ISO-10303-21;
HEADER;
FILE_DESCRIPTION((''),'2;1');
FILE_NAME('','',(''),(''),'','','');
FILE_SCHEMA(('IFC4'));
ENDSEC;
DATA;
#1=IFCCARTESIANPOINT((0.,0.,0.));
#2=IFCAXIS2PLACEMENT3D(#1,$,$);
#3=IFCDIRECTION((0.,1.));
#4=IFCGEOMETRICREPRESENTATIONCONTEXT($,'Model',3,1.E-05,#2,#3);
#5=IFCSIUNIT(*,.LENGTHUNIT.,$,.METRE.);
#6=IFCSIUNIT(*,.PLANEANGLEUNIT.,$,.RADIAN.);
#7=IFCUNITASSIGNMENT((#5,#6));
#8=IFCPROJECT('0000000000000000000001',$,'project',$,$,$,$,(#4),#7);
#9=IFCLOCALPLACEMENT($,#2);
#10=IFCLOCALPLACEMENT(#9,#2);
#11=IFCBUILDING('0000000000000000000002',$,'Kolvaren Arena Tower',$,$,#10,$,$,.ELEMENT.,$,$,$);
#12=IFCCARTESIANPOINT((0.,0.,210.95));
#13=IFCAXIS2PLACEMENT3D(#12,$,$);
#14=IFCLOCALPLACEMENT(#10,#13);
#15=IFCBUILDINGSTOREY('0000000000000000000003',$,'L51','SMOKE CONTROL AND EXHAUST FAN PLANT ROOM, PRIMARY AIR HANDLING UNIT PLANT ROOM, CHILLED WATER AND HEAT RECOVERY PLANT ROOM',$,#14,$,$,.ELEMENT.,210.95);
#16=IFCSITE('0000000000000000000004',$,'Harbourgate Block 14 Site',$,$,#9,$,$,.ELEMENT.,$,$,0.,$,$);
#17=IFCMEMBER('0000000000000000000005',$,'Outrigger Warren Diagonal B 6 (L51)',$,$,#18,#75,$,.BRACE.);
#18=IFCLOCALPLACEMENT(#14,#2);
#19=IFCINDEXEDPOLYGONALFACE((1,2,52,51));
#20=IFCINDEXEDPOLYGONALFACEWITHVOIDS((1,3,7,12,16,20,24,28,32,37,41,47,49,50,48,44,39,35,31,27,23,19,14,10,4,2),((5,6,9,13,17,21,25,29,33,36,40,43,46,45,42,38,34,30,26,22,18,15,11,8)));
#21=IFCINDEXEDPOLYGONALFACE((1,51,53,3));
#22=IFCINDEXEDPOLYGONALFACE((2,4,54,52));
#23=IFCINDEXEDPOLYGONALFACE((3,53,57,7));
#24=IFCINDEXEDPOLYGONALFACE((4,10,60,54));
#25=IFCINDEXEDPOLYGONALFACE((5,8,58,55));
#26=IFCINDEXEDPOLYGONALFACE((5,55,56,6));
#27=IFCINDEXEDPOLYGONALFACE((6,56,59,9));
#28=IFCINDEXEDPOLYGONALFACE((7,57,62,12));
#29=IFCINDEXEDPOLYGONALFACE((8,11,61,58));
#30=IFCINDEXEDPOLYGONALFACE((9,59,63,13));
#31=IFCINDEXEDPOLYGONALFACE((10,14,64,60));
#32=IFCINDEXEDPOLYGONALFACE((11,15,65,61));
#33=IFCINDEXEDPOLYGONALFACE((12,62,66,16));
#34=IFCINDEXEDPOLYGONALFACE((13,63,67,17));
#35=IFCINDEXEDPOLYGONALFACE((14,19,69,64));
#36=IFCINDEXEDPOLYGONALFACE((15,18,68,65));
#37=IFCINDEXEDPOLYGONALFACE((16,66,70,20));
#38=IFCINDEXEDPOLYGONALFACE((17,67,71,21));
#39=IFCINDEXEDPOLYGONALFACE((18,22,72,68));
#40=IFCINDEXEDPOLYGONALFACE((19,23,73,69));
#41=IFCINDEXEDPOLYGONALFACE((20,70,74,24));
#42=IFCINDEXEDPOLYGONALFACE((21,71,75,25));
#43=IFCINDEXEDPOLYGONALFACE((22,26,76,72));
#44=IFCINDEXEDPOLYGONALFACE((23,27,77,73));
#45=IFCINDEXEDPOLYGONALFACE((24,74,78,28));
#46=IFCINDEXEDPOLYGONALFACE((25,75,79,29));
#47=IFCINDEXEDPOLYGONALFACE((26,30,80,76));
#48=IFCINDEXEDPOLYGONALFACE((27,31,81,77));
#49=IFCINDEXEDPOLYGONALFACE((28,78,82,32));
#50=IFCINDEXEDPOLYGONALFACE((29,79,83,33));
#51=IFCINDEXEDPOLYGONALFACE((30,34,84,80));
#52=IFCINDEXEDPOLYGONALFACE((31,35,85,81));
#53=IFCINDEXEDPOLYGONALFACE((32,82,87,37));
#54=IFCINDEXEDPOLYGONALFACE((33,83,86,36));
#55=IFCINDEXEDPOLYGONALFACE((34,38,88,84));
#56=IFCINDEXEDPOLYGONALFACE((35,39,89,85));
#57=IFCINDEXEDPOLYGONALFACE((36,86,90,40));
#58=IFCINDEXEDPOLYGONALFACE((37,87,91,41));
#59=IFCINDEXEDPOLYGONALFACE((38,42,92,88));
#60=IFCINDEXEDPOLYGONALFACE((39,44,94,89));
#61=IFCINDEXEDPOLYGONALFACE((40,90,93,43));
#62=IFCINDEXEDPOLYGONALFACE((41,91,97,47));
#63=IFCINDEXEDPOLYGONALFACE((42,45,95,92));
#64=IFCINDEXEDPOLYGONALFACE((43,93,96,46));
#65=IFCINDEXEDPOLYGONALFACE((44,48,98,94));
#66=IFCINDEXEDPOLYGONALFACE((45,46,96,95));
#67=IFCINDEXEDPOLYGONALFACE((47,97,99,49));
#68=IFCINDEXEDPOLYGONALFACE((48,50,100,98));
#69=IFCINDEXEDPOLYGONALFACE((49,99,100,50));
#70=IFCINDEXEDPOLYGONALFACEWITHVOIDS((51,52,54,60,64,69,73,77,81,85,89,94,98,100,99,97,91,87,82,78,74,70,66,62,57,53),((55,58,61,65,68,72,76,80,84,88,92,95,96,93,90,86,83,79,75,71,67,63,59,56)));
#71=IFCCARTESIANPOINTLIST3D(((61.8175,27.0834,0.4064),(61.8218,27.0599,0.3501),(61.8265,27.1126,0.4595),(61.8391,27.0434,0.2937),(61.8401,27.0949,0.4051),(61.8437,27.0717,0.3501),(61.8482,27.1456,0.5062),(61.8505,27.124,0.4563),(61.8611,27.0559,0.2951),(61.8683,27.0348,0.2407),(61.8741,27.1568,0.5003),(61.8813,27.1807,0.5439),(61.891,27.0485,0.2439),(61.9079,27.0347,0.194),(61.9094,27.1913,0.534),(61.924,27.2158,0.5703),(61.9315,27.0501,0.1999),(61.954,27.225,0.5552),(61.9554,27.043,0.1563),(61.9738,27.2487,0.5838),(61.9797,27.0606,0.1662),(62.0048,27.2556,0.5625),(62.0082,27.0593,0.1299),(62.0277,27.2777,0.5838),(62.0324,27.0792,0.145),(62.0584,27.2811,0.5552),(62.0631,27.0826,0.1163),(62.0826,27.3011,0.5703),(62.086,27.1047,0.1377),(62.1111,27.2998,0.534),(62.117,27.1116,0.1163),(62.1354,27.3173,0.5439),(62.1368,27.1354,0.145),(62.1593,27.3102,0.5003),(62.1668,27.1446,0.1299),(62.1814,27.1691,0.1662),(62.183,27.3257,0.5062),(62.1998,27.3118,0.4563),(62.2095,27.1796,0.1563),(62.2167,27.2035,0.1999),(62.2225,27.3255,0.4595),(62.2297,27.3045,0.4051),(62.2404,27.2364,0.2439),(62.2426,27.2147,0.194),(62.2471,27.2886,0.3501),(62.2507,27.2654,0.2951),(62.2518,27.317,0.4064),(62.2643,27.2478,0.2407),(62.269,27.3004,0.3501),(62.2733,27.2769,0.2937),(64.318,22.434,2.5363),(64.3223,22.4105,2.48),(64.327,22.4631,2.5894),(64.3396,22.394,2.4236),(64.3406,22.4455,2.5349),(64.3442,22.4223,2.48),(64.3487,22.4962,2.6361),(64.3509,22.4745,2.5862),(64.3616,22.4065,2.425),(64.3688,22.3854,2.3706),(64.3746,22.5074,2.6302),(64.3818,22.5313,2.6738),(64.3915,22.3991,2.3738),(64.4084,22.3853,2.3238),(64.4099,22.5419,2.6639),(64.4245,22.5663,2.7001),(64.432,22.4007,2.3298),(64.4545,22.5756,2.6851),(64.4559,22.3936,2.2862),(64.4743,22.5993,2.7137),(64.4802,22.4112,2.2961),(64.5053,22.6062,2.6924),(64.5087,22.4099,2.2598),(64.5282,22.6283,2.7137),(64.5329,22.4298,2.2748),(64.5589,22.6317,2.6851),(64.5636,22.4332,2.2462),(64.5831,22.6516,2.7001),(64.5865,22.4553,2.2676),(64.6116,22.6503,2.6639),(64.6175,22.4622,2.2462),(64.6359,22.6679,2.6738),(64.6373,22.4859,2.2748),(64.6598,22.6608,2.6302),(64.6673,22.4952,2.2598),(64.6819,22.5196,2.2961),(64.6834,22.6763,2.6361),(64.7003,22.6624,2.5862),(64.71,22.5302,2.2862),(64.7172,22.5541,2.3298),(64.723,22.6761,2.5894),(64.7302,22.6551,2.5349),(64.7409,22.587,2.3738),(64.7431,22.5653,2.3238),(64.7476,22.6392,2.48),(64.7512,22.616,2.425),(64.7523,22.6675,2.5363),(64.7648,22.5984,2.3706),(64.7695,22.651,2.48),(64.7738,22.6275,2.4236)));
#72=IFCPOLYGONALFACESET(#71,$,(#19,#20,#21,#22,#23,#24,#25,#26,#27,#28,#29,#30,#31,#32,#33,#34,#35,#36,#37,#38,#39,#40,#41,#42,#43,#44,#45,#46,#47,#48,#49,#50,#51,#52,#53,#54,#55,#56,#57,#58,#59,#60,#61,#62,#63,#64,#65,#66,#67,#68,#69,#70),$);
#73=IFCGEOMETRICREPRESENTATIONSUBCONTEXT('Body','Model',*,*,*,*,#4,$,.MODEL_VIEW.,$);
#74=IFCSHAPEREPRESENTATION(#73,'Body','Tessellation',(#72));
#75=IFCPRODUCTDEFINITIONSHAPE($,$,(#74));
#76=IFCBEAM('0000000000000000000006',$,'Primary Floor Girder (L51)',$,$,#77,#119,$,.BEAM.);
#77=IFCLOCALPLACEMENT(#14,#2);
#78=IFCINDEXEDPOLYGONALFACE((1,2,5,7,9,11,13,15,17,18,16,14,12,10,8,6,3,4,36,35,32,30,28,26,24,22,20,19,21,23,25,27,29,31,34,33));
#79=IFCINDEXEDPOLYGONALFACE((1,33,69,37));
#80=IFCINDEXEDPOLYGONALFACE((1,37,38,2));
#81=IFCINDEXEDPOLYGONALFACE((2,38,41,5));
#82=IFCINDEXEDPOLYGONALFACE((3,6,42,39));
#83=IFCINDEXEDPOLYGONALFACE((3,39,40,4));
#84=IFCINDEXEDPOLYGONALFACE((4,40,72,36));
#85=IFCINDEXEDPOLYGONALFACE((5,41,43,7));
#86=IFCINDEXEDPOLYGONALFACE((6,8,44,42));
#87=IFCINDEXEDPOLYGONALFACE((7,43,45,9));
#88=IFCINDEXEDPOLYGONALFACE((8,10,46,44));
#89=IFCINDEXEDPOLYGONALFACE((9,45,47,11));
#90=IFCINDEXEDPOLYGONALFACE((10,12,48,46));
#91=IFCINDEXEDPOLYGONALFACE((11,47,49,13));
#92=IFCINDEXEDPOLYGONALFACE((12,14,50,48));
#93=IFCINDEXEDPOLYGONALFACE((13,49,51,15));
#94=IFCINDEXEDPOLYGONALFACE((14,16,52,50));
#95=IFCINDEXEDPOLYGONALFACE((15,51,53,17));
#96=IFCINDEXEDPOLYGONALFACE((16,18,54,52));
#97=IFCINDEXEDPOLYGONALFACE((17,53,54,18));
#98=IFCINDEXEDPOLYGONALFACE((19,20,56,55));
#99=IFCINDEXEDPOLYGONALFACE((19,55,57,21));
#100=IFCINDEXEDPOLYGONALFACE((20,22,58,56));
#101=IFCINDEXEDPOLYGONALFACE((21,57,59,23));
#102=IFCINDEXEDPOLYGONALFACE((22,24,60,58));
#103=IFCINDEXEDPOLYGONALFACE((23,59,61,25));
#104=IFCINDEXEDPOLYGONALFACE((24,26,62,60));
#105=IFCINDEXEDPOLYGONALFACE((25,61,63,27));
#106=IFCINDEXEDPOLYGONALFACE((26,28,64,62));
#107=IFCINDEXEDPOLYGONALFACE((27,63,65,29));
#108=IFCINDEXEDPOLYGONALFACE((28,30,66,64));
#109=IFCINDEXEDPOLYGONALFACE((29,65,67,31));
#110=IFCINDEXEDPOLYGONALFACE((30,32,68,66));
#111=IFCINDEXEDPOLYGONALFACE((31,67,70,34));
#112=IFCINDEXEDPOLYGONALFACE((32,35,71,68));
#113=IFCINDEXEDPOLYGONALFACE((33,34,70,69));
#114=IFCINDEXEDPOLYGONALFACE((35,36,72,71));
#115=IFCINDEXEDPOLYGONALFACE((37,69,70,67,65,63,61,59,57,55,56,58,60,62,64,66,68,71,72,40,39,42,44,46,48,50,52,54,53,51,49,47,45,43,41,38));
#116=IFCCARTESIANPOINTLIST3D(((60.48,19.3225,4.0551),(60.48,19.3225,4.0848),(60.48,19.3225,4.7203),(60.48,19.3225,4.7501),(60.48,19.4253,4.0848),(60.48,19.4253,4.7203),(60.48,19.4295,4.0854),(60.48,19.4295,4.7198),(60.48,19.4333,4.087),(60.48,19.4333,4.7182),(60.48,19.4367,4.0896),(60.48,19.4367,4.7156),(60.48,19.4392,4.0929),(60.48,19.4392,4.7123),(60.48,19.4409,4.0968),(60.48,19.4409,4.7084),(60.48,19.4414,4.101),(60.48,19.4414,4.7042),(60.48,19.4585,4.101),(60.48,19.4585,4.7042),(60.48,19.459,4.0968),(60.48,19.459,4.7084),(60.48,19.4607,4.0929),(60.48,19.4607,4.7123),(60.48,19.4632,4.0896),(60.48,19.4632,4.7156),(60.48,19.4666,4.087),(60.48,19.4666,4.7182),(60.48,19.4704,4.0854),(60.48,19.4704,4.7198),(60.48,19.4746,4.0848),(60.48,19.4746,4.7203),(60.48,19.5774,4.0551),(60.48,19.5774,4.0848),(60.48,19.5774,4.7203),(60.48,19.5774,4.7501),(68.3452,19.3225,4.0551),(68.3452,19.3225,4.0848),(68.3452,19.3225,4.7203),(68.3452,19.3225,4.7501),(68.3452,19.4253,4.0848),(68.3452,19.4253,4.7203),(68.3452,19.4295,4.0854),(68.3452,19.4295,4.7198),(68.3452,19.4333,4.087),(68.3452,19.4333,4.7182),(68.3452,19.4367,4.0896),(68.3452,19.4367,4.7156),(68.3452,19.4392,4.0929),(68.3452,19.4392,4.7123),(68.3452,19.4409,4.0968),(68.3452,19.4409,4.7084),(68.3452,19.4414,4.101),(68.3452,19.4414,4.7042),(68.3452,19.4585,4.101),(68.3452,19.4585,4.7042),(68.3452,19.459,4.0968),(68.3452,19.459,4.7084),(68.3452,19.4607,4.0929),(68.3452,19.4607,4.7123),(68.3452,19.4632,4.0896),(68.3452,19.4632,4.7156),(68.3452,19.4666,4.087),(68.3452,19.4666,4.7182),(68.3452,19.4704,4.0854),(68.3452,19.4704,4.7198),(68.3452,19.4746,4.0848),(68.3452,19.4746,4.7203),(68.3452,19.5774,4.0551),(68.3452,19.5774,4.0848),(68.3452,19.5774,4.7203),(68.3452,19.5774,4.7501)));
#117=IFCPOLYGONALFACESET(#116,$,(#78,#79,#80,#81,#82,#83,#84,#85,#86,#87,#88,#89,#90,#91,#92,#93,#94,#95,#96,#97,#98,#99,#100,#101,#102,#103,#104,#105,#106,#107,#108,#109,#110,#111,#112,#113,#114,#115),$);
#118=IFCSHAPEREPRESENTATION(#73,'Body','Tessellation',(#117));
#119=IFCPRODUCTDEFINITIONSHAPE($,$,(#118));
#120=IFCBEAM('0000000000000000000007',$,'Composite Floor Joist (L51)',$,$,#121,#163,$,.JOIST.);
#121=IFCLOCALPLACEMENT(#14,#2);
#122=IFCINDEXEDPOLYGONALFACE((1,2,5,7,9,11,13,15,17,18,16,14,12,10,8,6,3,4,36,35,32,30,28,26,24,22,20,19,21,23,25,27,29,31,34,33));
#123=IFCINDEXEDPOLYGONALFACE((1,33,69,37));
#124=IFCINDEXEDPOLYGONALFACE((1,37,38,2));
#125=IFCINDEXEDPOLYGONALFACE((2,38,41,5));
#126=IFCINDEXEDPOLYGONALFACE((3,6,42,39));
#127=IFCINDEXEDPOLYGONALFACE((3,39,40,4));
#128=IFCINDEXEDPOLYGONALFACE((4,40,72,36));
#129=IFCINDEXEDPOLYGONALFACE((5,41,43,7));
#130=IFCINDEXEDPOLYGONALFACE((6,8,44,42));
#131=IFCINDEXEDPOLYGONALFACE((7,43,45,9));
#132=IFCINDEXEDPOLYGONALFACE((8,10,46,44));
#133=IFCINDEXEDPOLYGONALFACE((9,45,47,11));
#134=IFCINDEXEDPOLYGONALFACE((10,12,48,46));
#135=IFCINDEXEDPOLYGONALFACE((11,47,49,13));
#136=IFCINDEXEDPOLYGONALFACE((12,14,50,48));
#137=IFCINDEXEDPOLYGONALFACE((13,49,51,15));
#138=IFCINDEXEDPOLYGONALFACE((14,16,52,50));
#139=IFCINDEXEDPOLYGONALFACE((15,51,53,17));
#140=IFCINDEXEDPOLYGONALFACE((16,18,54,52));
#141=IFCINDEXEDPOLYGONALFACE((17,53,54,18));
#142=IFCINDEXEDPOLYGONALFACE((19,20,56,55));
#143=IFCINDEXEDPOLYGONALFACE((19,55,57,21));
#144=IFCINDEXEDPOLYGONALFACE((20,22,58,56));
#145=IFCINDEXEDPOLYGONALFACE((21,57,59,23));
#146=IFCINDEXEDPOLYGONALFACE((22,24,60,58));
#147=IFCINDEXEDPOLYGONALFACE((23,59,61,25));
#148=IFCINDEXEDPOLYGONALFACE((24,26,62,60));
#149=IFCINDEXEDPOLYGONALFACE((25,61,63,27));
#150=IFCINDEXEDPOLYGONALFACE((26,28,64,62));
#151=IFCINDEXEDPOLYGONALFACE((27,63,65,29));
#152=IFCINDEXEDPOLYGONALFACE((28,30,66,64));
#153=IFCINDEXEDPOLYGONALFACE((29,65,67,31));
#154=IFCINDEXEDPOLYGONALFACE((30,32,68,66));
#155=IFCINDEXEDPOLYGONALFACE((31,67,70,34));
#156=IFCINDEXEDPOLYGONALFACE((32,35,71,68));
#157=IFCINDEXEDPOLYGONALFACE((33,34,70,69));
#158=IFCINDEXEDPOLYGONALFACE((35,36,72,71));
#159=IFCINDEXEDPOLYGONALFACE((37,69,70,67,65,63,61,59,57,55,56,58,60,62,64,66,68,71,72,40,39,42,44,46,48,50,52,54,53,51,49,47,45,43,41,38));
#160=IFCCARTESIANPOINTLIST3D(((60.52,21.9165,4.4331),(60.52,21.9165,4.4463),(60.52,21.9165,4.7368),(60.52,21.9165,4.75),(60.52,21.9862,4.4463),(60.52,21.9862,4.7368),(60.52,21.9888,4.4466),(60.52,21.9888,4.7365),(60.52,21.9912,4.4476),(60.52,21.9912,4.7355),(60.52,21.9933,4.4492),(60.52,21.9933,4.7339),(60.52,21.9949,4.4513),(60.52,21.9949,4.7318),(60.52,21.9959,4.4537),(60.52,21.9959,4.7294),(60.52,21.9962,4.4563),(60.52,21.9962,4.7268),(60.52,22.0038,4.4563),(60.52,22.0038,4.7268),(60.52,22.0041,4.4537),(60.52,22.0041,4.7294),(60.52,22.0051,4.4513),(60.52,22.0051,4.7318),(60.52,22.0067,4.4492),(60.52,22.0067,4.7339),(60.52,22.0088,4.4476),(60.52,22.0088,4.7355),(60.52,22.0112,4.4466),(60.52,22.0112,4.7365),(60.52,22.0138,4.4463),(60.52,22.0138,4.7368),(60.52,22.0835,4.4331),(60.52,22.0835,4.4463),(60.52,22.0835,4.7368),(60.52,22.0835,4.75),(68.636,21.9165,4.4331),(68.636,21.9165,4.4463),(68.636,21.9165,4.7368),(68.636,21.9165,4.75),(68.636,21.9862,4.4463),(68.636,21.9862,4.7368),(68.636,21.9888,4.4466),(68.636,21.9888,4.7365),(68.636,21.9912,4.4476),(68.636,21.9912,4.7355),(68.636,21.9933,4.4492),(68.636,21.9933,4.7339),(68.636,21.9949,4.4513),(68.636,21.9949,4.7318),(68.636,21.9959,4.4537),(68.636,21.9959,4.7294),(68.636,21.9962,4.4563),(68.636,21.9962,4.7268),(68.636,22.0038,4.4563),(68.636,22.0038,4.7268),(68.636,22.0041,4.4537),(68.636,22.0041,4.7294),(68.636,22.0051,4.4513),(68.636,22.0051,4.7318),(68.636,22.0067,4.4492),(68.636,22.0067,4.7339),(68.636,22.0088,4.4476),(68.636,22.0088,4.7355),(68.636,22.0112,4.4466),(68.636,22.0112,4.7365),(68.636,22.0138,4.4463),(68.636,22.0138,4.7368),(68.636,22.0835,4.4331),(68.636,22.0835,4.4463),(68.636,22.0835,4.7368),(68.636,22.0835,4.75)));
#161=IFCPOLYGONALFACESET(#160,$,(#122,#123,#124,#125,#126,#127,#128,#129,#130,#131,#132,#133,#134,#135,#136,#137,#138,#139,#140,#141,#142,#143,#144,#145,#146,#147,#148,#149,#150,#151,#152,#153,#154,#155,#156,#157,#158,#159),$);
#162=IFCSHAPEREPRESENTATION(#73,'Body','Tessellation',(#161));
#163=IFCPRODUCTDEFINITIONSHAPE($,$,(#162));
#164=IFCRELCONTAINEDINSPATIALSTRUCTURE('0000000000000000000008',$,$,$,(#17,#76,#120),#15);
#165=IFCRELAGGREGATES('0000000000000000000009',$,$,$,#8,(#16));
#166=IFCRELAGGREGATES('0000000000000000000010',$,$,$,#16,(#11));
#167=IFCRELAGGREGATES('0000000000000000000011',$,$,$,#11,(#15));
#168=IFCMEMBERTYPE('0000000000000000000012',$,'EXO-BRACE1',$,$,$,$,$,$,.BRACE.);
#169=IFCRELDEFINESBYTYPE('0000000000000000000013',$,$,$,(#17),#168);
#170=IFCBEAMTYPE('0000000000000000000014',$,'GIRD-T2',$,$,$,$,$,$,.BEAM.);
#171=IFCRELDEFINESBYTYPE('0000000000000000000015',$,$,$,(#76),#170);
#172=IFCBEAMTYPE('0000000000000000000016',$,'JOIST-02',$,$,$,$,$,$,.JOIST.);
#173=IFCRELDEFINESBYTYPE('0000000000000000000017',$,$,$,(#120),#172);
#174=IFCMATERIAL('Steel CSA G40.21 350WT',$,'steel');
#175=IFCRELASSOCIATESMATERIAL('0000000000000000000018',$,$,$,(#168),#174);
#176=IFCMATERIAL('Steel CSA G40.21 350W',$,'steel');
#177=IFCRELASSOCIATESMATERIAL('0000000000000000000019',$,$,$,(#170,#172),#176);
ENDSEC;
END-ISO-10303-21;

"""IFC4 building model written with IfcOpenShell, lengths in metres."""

from ifc_helpers import new_model, si_unit, direction, frame, origin, origin_2d, place, context, subcontext, project, spatial, hollow_circle, i_section, extrude, material, material_profile, profile_set, type_object, element, save


model = new_model("IFC4")

# Units and contexts
model_context = context("Model", 3, precision=1e-05, world=origin(), true_north=direction((0.0, 1.0)))
body_context = subcontext(model_context, "Body", "Model", "MODEL_VIEW")
ifc_project = project(units=[si_unit("LENGTHUNIT", "METRE"), si_unit("PLANEANGLEUNIT", "RADIAN")], contexts=[model_context])

# Site, building, storey
site_placement = place(None, origin())
site = spatial("IfcSite", under=ifc_project, at=site_placement, Name="Harbourgate Block 14 Site", CompositionType="ELEMENT", RefElevation=0.0)
building_placement = place(site_placement, origin())
building = spatial("IfcBuilding", under=site, at=building_placement, Name="Kolvaren Arena Tower", CompositionType="ELEMENT")
storey_placement = place(building_placement, frame((0.0, 0.0, 210.95)))
storey = spatial("IfcBuildingStorey", under=building, at=storey_placement, Name="L51", Description="SMOKE CONTROL AND EXHAUST FAN PLANT ROOM, PRIMARY AIR HANDLING UNIT PLANT ROOM, CHILLED WATER AND HEAT RECOVERY PLANT ROOM", CompositionType="ELEMENT", Elevation=210.95)

# Member
ifc_material_1 = material(Name="Steel CSA G40.21 350WT", Category="steel")
ifc_material_profile_1 = material_profile(ifc_material_1, hollow_circle(Radius=0.2539, WallThickness=0.0249, at=origin_2d()), Name="CHS 508x25")
ifc_profile_set_1 = profile_set([ifc_material_profile_1], Name="Steel CSA G40.21 350WT")
member_type_1 = type_object("IfcMemberType", Name="EXO-BRACE1", PredefinedType="BRACE", material=ifc_profile_set_1)
member_1_placement = place(storey_placement, frame((62.0454, 27.1802, 0.3501), z_axis=(0.439251, -0.816745, 0.374148), x_axis=(0.880712, 0.473653, 0.0)))
element("IfcMember", 1, at=member_1_placement, inside=storey, type_object=member_type_1, Name="Outrigger Warren Diagonal B 6 (L51)", PredefinedType="BRACE", context=body_context, shape_type="SweptSolid", body=[
    extrude(hollow_circle(Radius=0.2539, WallThickness=0.0249, at=origin_2d()), origin(), (0.0, 0.0, 1.0), 5.6926),
])

# Beams
ifc_material_2 = material(Name="Steel CSA G40.21 350W", Category="steel")
ifc_material_profile_2 = material_profile(ifc_material_2, i_section(OverallWidth=0.2549, OverallDepth=0.6951, WebThickness=0.0171, FlangeThickness=0.0298, FilletRadius=0.0161, at=origin_2d()), Name="W690x217")
ifc_profile_set_2 = profile_set([ifc_material_profile_2], Name="Steel CSA G40.21 350W")
beam_type_1 = type_object("IfcBeamType", Name="GIRD-T2", PredefinedType="BEAM", material=ifc_profile_set_2)
beam_1_placement = place(storey_placement, frame((60.48, 19.45, 4.4026), z_axis=(1.0, 0.0, 0.0), x_axis=(0.0, 1.0, 0.0)))
element("IfcBeam", 2, at=beam_1_placement, inside=storey, type_object=beam_type_1, Name="Primary Floor Girder (L51)", PredefinedType="BEAM", context=body_context, shape_type="SweptSolid", body=[
    extrude(i_section(OverallWidth=0.2549, OverallDepth=0.6951, WebThickness=0.0171, FlangeThickness=0.0298, FilletRadius=0.0161, at=origin_2d()), origin(), (0.0, 0.0, 1.0), 7.8652),
])
ifc_material_profile_3 = material_profile(ifc_material_2, i_section(OverallWidth=0.167, OverallDepth=0.3169, WebThickness=0.0076, FlangeThickness=0.0132, FilletRadius=0.01, at=origin_2d()), Name="W310x52")
ifc_profile_set_3 = profile_set([ifc_material_profile_3], Name="Steel CSA G40.21 350W")
beam_type_2 = type_object("IfcBeamType", Name="JOIST-02", PredefinedType="JOIST", material=ifc_profile_set_3)
beam_2_placement = place(storey_placement, frame((60.52, 22.0, 4.5916), z_axis=(1.0, 0.0, 0.0), x_axis=(0.0, 1.0, 0.0)))
element("IfcBeam", 3, at=beam_2_placement, inside=storey, type_object=beam_type_2, Name="Composite Floor Joist (L51)", PredefinedType="JOIST", context=body_context, shape_type="SweptSolid", body=[
    extrude(i_section(OverallWidth=0.167, OverallDepth=0.3169, WebThickness=0.0076, FlangeThickness=0.0132, FilletRadius=0.01, at=origin_2d()), origin(), (0.0, 0.0, 1.0), 8.116),
])

save(model, "model.ifc")
